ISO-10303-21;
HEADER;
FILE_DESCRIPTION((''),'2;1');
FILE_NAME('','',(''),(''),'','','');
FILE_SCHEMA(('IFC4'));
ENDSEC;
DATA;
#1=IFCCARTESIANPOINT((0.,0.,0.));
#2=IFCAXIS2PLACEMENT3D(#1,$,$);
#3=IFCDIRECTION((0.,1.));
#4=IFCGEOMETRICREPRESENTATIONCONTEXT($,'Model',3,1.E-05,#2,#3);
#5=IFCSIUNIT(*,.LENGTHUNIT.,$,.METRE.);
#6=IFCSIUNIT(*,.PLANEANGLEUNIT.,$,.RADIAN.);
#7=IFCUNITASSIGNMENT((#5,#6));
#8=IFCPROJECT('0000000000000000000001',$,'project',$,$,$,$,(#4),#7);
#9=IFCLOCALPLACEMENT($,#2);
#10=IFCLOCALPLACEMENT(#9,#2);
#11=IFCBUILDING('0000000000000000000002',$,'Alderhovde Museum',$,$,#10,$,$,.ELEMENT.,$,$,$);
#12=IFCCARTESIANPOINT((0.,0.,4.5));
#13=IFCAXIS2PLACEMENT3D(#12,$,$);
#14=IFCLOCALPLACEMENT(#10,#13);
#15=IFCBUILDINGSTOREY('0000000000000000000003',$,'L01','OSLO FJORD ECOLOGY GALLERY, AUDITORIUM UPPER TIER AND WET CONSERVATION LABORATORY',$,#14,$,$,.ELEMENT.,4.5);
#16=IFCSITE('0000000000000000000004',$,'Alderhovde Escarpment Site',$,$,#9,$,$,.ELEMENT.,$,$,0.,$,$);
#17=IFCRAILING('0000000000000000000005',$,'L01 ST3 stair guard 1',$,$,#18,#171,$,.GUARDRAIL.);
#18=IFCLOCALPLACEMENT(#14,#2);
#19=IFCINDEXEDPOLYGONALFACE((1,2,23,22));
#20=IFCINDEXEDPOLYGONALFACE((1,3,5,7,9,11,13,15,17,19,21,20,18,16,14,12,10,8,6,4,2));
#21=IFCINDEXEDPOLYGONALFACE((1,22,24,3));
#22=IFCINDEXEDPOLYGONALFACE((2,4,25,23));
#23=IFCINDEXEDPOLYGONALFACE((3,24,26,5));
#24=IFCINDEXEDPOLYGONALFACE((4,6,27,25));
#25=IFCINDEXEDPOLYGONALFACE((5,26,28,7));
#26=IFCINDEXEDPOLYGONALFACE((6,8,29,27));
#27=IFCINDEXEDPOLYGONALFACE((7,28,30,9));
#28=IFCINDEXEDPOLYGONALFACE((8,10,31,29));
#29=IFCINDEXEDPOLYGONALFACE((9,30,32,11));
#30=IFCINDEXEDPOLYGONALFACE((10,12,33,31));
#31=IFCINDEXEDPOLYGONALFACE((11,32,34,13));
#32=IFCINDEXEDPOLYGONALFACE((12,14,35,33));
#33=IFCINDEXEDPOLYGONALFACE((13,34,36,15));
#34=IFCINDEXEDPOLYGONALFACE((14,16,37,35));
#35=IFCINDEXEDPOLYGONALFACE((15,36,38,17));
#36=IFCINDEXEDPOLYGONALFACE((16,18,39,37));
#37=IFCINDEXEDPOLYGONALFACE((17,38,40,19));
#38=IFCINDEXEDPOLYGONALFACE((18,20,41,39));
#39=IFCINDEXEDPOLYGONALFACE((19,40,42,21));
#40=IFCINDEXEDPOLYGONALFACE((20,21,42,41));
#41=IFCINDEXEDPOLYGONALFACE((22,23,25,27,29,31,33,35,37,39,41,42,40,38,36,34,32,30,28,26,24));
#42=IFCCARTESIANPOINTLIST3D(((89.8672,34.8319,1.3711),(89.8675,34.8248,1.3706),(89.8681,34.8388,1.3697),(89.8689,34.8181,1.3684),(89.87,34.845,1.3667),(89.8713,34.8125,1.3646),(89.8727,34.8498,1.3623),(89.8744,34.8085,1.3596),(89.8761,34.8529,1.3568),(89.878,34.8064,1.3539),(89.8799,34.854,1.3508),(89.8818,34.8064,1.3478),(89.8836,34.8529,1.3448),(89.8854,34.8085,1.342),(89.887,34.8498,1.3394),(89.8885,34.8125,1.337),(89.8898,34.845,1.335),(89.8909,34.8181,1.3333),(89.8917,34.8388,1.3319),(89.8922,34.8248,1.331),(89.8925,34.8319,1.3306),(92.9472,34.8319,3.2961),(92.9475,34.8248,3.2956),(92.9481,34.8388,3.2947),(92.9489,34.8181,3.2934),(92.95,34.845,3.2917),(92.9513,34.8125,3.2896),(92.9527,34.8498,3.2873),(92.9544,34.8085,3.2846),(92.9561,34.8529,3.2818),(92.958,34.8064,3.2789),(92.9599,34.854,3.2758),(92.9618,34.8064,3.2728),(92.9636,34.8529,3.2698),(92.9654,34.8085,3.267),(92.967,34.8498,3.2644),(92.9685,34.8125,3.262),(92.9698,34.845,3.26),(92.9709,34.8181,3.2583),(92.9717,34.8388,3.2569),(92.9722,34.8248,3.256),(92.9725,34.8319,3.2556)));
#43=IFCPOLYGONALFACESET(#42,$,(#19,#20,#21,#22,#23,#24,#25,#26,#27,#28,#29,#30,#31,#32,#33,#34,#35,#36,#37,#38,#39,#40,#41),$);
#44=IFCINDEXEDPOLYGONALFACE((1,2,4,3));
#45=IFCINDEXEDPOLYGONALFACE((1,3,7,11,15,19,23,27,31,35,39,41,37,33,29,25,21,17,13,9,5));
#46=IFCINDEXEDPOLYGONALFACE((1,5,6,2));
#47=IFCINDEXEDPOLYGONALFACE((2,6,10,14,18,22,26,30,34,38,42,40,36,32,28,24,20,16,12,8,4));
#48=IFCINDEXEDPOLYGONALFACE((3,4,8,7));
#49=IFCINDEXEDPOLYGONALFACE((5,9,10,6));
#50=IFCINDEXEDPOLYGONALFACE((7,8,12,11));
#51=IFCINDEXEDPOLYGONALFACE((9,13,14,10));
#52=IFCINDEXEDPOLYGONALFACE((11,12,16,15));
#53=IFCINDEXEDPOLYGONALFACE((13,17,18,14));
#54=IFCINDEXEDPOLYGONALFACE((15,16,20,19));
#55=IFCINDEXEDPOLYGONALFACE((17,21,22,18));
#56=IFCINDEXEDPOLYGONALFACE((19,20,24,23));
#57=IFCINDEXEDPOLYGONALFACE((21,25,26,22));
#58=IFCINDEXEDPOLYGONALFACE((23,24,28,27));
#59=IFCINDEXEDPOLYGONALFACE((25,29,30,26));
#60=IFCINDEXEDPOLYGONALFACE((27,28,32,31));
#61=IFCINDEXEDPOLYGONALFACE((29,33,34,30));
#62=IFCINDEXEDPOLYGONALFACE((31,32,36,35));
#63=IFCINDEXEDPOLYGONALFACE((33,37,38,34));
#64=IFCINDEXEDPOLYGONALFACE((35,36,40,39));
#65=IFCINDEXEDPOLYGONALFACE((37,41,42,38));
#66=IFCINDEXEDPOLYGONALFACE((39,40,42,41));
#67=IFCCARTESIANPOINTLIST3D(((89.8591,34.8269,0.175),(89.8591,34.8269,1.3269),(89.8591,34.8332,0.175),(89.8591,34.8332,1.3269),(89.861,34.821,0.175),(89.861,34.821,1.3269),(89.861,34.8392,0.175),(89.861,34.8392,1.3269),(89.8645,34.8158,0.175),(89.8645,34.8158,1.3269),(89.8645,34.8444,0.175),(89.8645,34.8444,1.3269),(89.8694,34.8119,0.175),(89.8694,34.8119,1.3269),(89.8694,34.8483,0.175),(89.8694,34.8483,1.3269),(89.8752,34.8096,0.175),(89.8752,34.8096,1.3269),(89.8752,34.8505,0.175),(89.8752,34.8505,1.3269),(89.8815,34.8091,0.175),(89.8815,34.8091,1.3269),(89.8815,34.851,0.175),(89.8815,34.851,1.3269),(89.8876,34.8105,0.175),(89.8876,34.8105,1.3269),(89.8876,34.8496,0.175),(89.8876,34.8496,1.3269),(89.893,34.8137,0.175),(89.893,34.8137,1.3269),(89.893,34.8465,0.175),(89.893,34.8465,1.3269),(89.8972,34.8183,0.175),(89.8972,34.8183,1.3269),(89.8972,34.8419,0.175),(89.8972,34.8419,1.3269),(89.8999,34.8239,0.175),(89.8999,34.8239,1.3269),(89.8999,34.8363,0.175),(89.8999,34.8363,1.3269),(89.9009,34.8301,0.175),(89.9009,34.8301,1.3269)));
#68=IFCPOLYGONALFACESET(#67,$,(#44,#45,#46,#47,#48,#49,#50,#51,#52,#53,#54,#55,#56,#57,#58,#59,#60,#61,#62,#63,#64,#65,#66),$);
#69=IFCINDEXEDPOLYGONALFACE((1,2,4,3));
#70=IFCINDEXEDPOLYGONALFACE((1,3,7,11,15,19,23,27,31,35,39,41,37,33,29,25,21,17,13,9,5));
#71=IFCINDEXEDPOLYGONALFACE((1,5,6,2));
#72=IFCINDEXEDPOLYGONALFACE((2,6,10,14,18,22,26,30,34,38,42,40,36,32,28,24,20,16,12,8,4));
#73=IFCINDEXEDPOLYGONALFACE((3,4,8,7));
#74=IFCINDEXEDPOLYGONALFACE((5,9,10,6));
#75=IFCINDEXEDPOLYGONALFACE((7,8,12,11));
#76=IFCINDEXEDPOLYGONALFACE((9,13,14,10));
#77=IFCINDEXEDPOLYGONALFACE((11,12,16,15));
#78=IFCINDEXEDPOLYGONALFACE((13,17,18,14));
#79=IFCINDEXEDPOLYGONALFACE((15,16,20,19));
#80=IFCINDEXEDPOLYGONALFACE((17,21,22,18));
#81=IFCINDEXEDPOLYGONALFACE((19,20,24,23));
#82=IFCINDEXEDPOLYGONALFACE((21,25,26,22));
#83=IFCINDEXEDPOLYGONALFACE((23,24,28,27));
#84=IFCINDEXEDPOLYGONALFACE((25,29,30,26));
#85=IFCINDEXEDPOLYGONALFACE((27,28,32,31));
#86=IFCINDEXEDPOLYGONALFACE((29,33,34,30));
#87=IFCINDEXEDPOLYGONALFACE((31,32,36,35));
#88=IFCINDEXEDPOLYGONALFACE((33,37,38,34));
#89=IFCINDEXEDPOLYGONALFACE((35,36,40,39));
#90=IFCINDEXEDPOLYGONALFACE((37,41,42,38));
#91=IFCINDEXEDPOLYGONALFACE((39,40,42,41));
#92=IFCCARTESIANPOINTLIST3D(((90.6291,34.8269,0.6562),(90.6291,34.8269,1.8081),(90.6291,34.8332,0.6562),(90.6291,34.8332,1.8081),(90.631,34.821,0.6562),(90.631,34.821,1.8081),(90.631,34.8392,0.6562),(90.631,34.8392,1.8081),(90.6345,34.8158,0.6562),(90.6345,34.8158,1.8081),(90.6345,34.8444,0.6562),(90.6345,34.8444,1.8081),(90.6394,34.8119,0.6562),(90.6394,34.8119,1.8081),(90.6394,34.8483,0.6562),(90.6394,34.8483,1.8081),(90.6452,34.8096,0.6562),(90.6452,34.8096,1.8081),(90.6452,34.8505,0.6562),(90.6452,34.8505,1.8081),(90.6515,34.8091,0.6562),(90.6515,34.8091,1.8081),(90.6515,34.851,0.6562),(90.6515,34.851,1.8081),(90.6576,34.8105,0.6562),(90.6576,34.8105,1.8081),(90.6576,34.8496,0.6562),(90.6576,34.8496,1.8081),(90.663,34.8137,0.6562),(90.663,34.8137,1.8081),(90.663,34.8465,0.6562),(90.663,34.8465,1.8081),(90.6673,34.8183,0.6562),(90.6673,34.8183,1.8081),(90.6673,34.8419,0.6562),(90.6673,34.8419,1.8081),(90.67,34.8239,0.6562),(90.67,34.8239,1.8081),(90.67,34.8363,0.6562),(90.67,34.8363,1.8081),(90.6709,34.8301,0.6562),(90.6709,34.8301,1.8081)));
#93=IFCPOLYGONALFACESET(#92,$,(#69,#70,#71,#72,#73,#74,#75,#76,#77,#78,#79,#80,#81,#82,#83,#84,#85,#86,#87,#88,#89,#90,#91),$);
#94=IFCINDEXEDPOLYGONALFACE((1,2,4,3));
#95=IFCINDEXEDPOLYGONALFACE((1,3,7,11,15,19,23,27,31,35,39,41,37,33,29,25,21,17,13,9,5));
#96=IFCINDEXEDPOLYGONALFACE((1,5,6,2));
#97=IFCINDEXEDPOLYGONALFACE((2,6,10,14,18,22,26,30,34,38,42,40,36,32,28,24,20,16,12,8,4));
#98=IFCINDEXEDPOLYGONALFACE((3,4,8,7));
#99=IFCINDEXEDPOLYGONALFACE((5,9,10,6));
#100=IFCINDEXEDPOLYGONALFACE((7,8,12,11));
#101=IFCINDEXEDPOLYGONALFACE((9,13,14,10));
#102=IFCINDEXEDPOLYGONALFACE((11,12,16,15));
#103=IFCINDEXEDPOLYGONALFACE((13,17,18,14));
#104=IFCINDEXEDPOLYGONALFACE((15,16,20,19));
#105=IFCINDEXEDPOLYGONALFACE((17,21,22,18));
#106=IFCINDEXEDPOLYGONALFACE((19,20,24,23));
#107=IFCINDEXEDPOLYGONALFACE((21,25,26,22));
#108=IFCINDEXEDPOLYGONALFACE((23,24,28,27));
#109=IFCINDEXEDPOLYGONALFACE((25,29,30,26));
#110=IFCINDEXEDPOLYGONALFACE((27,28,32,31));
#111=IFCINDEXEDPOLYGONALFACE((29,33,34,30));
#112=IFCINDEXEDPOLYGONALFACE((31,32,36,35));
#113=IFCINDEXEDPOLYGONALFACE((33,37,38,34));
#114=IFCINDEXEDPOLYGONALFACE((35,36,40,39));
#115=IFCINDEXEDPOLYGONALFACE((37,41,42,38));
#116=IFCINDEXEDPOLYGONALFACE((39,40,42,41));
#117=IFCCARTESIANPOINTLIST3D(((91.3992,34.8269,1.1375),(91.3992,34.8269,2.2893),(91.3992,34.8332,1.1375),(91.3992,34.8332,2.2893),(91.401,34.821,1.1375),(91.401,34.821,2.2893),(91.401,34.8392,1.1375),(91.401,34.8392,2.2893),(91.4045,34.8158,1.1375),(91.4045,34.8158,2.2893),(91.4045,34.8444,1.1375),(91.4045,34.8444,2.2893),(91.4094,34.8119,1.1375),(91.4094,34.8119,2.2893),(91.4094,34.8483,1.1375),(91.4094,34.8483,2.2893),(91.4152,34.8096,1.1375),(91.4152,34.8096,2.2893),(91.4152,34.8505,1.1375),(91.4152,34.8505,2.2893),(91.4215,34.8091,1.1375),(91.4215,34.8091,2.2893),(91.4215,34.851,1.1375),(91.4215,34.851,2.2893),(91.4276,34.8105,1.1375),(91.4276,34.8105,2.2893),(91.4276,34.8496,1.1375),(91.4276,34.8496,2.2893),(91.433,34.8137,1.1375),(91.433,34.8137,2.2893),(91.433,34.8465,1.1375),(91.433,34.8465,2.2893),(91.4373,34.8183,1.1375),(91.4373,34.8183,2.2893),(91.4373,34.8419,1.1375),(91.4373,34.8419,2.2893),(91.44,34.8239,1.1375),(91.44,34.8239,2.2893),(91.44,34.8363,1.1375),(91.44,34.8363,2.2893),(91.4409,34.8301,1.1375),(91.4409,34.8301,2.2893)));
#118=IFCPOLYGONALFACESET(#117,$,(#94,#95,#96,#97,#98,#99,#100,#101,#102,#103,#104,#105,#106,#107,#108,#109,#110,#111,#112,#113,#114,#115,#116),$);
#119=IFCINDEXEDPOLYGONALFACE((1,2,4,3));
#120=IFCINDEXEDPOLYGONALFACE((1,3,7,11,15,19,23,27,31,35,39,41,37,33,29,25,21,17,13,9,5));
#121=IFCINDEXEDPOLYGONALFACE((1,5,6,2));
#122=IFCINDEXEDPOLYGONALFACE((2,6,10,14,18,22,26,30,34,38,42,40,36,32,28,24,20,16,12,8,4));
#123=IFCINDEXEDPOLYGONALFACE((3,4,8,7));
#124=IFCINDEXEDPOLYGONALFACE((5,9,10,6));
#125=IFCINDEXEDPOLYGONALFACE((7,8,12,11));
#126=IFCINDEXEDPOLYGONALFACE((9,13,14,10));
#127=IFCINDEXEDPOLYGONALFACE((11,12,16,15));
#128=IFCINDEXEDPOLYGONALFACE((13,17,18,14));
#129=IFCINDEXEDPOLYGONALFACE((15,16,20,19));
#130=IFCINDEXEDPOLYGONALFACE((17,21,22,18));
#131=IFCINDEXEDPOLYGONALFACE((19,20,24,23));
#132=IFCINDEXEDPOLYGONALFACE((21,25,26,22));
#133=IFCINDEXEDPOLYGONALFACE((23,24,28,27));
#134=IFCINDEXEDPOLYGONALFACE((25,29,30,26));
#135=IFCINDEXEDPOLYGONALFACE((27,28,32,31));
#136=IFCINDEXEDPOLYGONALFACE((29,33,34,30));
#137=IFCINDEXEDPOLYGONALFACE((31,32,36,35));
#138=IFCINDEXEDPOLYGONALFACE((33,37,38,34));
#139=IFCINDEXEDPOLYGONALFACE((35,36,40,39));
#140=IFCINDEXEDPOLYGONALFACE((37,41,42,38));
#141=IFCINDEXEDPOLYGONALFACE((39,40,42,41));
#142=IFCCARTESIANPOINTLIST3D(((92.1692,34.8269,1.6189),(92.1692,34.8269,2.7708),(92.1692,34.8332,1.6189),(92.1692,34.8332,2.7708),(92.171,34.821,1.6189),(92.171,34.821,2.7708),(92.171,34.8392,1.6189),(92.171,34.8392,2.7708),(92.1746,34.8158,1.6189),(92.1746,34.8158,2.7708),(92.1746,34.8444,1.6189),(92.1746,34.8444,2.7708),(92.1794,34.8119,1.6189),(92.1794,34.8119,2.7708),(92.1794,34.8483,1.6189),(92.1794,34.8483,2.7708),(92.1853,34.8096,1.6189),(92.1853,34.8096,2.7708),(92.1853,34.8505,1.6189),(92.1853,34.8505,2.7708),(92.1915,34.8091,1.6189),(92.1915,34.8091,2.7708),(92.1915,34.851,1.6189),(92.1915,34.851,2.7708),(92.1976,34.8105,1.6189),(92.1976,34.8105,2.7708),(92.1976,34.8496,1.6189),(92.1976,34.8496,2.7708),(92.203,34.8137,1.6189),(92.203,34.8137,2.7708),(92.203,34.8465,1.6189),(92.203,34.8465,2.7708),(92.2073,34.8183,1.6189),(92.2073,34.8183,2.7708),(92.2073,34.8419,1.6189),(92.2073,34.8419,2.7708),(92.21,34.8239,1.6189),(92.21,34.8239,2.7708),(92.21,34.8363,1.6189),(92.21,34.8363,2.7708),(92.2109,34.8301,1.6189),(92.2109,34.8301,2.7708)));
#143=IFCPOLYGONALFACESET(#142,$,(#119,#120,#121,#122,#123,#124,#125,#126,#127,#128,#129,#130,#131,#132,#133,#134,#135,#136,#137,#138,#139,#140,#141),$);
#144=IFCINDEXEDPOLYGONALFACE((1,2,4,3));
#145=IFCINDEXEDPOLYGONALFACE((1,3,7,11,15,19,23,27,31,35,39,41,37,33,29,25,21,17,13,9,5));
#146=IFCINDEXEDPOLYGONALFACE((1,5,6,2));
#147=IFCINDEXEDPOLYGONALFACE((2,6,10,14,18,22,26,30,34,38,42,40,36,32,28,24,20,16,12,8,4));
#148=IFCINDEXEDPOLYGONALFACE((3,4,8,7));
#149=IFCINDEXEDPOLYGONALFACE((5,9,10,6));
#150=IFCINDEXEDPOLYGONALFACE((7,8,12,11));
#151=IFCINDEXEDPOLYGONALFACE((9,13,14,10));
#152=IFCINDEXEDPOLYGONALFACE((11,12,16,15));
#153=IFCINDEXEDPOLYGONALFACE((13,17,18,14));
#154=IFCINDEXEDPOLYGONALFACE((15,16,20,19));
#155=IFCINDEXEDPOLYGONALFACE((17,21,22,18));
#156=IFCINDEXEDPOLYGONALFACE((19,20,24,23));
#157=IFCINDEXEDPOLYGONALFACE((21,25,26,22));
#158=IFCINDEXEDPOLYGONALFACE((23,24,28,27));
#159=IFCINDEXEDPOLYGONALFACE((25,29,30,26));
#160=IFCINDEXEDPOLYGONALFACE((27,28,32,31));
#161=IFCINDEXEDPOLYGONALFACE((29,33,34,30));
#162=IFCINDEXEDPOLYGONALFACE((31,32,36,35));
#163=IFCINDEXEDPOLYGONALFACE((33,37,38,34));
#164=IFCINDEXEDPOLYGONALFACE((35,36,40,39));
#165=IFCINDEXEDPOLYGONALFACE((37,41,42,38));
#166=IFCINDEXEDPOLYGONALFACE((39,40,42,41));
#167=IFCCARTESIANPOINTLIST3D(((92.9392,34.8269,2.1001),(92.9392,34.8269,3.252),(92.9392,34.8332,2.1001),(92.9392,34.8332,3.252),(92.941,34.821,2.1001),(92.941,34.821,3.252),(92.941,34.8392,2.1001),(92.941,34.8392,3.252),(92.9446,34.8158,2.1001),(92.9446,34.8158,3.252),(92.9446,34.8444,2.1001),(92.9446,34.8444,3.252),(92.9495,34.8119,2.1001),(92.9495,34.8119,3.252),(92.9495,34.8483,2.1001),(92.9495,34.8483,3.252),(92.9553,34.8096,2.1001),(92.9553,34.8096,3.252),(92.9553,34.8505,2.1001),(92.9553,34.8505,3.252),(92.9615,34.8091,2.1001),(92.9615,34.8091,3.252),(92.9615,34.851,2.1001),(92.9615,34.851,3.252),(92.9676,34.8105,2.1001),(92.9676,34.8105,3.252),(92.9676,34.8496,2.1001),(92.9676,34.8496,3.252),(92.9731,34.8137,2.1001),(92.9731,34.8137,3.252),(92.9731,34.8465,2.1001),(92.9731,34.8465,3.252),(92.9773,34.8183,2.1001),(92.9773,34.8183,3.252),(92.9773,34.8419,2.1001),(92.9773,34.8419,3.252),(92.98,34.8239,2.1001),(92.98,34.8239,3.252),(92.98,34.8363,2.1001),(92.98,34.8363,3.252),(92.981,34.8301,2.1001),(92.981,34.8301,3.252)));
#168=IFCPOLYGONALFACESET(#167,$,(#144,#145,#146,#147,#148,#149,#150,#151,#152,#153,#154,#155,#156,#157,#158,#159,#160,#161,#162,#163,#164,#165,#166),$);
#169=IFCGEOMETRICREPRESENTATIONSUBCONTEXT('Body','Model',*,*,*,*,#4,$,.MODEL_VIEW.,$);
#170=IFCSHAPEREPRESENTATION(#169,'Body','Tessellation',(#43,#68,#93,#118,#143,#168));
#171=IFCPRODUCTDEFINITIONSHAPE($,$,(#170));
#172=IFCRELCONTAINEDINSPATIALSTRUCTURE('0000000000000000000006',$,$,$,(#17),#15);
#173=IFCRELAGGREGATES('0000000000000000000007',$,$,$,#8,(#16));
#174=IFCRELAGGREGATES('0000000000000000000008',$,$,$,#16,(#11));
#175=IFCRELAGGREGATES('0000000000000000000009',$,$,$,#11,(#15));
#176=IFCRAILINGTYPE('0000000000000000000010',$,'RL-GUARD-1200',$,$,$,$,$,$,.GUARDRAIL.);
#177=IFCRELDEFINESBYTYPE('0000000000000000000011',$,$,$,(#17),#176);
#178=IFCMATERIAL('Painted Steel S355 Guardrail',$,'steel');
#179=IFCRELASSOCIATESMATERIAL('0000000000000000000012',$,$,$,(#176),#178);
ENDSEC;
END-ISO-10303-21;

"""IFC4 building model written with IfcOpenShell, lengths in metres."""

from ifc_helpers import new_model, si_unit, direction, frame, origin, origin_2d, place, context, subcontext, project, spatial, circle, extrude, material, type_object, element, save


model = new_model("IFC4")

# Units and contexts
model_context = context("Model", 3, precision=1e-05, world=origin(), true_north=direction((0.0, 1.0)))
body_context = subcontext(model_context, "Body", "Model", "MODEL_VIEW")
ifc_project = project(units=[si_unit("LENGTHUNIT", "METRE"), si_unit("PLANEANGLEUNIT", "RADIAN")], contexts=[model_context])

# Site, building, storey
site_placement = place(None, origin())
site = spatial("IfcSite", under=ifc_project, at=site_placement, Name="Alderhovde Escarpment Site", CompositionType="ELEMENT", RefElevation=0.0)
building_placement = place(site_placement, origin())
building = spatial("IfcBuilding", under=site, at=building_placement, Name="Alderhovde Museum", CompositionType="ELEMENT")
storey_placement = place(building_placement, frame((0.0, 0.0, 4.5)))
storey = spatial("IfcBuildingStorey", under=building, at=storey_placement, Name="L01", Description="OSLO FJORD ECOLOGY GALLERY, AUDITORIUM UPPER TIER AND WET CONSERVATION LABORATORY", CompositionType="ELEMENT", Elevation=4.5)

# Railing
ifc_material_1 = material(Name="Painted Steel S355 Guardrail", Category="steel")
railing_type_1 = type_object("IfcRailingType", Name="RL-GUARD-1200", PredefinedType="GUARDRAIL", material=ifc_material_1)
railing_1_placement = place(storey_placement, frame((89.8799, 34.8301, 0.175)))
element("IfcRailing", 1, at=railing_1_placement, inside=storey, type_object=railing_type_1, Name="L01 ST3 stair guard 1", PredefinedType="GUARDRAIL", context=body_context, shape_type="SweptSolid", body=[
    extrude(circle(Radius=0.0239, at=origin_2d()), frame((0.0, 0.0, 1.1758), z_axis=(0.847998, 0.0, 0.529999), x_axis=(0.0, 1.0, 0.0)), (0.0, 0.0, 1.0), 3.6321),
    extrude(circle(Radius=0.021, at=origin_2d()), origin(), (0.0, 0.0, 1.0), 1.1519),
    extrude(circle(Radius=0.021, at=origin_2d()), frame((0.77, 0.0, 0.4812)), (0.0, 0.0, 1.0), 1.1519),
    extrude(circle(Radius=0.021, at=origin_2d()), frame((1.54, 0.0, 0.9624)), (0.0, 0.0, 1.0), 1.1519),
    extrude(circle(Radius=0.021, at=origin_2d()), frame((2.3101, 0.0, 1.4438)), (0.0, 0.0, 1.0), 1.1519),
    extrude(circle(Radius=0.021, at=origin_2d()), frame((3.0801, 0.0, 1.925)), (0.0, 0.0, 1.0), 1.1519),
])

save(model, "model.ifc")
